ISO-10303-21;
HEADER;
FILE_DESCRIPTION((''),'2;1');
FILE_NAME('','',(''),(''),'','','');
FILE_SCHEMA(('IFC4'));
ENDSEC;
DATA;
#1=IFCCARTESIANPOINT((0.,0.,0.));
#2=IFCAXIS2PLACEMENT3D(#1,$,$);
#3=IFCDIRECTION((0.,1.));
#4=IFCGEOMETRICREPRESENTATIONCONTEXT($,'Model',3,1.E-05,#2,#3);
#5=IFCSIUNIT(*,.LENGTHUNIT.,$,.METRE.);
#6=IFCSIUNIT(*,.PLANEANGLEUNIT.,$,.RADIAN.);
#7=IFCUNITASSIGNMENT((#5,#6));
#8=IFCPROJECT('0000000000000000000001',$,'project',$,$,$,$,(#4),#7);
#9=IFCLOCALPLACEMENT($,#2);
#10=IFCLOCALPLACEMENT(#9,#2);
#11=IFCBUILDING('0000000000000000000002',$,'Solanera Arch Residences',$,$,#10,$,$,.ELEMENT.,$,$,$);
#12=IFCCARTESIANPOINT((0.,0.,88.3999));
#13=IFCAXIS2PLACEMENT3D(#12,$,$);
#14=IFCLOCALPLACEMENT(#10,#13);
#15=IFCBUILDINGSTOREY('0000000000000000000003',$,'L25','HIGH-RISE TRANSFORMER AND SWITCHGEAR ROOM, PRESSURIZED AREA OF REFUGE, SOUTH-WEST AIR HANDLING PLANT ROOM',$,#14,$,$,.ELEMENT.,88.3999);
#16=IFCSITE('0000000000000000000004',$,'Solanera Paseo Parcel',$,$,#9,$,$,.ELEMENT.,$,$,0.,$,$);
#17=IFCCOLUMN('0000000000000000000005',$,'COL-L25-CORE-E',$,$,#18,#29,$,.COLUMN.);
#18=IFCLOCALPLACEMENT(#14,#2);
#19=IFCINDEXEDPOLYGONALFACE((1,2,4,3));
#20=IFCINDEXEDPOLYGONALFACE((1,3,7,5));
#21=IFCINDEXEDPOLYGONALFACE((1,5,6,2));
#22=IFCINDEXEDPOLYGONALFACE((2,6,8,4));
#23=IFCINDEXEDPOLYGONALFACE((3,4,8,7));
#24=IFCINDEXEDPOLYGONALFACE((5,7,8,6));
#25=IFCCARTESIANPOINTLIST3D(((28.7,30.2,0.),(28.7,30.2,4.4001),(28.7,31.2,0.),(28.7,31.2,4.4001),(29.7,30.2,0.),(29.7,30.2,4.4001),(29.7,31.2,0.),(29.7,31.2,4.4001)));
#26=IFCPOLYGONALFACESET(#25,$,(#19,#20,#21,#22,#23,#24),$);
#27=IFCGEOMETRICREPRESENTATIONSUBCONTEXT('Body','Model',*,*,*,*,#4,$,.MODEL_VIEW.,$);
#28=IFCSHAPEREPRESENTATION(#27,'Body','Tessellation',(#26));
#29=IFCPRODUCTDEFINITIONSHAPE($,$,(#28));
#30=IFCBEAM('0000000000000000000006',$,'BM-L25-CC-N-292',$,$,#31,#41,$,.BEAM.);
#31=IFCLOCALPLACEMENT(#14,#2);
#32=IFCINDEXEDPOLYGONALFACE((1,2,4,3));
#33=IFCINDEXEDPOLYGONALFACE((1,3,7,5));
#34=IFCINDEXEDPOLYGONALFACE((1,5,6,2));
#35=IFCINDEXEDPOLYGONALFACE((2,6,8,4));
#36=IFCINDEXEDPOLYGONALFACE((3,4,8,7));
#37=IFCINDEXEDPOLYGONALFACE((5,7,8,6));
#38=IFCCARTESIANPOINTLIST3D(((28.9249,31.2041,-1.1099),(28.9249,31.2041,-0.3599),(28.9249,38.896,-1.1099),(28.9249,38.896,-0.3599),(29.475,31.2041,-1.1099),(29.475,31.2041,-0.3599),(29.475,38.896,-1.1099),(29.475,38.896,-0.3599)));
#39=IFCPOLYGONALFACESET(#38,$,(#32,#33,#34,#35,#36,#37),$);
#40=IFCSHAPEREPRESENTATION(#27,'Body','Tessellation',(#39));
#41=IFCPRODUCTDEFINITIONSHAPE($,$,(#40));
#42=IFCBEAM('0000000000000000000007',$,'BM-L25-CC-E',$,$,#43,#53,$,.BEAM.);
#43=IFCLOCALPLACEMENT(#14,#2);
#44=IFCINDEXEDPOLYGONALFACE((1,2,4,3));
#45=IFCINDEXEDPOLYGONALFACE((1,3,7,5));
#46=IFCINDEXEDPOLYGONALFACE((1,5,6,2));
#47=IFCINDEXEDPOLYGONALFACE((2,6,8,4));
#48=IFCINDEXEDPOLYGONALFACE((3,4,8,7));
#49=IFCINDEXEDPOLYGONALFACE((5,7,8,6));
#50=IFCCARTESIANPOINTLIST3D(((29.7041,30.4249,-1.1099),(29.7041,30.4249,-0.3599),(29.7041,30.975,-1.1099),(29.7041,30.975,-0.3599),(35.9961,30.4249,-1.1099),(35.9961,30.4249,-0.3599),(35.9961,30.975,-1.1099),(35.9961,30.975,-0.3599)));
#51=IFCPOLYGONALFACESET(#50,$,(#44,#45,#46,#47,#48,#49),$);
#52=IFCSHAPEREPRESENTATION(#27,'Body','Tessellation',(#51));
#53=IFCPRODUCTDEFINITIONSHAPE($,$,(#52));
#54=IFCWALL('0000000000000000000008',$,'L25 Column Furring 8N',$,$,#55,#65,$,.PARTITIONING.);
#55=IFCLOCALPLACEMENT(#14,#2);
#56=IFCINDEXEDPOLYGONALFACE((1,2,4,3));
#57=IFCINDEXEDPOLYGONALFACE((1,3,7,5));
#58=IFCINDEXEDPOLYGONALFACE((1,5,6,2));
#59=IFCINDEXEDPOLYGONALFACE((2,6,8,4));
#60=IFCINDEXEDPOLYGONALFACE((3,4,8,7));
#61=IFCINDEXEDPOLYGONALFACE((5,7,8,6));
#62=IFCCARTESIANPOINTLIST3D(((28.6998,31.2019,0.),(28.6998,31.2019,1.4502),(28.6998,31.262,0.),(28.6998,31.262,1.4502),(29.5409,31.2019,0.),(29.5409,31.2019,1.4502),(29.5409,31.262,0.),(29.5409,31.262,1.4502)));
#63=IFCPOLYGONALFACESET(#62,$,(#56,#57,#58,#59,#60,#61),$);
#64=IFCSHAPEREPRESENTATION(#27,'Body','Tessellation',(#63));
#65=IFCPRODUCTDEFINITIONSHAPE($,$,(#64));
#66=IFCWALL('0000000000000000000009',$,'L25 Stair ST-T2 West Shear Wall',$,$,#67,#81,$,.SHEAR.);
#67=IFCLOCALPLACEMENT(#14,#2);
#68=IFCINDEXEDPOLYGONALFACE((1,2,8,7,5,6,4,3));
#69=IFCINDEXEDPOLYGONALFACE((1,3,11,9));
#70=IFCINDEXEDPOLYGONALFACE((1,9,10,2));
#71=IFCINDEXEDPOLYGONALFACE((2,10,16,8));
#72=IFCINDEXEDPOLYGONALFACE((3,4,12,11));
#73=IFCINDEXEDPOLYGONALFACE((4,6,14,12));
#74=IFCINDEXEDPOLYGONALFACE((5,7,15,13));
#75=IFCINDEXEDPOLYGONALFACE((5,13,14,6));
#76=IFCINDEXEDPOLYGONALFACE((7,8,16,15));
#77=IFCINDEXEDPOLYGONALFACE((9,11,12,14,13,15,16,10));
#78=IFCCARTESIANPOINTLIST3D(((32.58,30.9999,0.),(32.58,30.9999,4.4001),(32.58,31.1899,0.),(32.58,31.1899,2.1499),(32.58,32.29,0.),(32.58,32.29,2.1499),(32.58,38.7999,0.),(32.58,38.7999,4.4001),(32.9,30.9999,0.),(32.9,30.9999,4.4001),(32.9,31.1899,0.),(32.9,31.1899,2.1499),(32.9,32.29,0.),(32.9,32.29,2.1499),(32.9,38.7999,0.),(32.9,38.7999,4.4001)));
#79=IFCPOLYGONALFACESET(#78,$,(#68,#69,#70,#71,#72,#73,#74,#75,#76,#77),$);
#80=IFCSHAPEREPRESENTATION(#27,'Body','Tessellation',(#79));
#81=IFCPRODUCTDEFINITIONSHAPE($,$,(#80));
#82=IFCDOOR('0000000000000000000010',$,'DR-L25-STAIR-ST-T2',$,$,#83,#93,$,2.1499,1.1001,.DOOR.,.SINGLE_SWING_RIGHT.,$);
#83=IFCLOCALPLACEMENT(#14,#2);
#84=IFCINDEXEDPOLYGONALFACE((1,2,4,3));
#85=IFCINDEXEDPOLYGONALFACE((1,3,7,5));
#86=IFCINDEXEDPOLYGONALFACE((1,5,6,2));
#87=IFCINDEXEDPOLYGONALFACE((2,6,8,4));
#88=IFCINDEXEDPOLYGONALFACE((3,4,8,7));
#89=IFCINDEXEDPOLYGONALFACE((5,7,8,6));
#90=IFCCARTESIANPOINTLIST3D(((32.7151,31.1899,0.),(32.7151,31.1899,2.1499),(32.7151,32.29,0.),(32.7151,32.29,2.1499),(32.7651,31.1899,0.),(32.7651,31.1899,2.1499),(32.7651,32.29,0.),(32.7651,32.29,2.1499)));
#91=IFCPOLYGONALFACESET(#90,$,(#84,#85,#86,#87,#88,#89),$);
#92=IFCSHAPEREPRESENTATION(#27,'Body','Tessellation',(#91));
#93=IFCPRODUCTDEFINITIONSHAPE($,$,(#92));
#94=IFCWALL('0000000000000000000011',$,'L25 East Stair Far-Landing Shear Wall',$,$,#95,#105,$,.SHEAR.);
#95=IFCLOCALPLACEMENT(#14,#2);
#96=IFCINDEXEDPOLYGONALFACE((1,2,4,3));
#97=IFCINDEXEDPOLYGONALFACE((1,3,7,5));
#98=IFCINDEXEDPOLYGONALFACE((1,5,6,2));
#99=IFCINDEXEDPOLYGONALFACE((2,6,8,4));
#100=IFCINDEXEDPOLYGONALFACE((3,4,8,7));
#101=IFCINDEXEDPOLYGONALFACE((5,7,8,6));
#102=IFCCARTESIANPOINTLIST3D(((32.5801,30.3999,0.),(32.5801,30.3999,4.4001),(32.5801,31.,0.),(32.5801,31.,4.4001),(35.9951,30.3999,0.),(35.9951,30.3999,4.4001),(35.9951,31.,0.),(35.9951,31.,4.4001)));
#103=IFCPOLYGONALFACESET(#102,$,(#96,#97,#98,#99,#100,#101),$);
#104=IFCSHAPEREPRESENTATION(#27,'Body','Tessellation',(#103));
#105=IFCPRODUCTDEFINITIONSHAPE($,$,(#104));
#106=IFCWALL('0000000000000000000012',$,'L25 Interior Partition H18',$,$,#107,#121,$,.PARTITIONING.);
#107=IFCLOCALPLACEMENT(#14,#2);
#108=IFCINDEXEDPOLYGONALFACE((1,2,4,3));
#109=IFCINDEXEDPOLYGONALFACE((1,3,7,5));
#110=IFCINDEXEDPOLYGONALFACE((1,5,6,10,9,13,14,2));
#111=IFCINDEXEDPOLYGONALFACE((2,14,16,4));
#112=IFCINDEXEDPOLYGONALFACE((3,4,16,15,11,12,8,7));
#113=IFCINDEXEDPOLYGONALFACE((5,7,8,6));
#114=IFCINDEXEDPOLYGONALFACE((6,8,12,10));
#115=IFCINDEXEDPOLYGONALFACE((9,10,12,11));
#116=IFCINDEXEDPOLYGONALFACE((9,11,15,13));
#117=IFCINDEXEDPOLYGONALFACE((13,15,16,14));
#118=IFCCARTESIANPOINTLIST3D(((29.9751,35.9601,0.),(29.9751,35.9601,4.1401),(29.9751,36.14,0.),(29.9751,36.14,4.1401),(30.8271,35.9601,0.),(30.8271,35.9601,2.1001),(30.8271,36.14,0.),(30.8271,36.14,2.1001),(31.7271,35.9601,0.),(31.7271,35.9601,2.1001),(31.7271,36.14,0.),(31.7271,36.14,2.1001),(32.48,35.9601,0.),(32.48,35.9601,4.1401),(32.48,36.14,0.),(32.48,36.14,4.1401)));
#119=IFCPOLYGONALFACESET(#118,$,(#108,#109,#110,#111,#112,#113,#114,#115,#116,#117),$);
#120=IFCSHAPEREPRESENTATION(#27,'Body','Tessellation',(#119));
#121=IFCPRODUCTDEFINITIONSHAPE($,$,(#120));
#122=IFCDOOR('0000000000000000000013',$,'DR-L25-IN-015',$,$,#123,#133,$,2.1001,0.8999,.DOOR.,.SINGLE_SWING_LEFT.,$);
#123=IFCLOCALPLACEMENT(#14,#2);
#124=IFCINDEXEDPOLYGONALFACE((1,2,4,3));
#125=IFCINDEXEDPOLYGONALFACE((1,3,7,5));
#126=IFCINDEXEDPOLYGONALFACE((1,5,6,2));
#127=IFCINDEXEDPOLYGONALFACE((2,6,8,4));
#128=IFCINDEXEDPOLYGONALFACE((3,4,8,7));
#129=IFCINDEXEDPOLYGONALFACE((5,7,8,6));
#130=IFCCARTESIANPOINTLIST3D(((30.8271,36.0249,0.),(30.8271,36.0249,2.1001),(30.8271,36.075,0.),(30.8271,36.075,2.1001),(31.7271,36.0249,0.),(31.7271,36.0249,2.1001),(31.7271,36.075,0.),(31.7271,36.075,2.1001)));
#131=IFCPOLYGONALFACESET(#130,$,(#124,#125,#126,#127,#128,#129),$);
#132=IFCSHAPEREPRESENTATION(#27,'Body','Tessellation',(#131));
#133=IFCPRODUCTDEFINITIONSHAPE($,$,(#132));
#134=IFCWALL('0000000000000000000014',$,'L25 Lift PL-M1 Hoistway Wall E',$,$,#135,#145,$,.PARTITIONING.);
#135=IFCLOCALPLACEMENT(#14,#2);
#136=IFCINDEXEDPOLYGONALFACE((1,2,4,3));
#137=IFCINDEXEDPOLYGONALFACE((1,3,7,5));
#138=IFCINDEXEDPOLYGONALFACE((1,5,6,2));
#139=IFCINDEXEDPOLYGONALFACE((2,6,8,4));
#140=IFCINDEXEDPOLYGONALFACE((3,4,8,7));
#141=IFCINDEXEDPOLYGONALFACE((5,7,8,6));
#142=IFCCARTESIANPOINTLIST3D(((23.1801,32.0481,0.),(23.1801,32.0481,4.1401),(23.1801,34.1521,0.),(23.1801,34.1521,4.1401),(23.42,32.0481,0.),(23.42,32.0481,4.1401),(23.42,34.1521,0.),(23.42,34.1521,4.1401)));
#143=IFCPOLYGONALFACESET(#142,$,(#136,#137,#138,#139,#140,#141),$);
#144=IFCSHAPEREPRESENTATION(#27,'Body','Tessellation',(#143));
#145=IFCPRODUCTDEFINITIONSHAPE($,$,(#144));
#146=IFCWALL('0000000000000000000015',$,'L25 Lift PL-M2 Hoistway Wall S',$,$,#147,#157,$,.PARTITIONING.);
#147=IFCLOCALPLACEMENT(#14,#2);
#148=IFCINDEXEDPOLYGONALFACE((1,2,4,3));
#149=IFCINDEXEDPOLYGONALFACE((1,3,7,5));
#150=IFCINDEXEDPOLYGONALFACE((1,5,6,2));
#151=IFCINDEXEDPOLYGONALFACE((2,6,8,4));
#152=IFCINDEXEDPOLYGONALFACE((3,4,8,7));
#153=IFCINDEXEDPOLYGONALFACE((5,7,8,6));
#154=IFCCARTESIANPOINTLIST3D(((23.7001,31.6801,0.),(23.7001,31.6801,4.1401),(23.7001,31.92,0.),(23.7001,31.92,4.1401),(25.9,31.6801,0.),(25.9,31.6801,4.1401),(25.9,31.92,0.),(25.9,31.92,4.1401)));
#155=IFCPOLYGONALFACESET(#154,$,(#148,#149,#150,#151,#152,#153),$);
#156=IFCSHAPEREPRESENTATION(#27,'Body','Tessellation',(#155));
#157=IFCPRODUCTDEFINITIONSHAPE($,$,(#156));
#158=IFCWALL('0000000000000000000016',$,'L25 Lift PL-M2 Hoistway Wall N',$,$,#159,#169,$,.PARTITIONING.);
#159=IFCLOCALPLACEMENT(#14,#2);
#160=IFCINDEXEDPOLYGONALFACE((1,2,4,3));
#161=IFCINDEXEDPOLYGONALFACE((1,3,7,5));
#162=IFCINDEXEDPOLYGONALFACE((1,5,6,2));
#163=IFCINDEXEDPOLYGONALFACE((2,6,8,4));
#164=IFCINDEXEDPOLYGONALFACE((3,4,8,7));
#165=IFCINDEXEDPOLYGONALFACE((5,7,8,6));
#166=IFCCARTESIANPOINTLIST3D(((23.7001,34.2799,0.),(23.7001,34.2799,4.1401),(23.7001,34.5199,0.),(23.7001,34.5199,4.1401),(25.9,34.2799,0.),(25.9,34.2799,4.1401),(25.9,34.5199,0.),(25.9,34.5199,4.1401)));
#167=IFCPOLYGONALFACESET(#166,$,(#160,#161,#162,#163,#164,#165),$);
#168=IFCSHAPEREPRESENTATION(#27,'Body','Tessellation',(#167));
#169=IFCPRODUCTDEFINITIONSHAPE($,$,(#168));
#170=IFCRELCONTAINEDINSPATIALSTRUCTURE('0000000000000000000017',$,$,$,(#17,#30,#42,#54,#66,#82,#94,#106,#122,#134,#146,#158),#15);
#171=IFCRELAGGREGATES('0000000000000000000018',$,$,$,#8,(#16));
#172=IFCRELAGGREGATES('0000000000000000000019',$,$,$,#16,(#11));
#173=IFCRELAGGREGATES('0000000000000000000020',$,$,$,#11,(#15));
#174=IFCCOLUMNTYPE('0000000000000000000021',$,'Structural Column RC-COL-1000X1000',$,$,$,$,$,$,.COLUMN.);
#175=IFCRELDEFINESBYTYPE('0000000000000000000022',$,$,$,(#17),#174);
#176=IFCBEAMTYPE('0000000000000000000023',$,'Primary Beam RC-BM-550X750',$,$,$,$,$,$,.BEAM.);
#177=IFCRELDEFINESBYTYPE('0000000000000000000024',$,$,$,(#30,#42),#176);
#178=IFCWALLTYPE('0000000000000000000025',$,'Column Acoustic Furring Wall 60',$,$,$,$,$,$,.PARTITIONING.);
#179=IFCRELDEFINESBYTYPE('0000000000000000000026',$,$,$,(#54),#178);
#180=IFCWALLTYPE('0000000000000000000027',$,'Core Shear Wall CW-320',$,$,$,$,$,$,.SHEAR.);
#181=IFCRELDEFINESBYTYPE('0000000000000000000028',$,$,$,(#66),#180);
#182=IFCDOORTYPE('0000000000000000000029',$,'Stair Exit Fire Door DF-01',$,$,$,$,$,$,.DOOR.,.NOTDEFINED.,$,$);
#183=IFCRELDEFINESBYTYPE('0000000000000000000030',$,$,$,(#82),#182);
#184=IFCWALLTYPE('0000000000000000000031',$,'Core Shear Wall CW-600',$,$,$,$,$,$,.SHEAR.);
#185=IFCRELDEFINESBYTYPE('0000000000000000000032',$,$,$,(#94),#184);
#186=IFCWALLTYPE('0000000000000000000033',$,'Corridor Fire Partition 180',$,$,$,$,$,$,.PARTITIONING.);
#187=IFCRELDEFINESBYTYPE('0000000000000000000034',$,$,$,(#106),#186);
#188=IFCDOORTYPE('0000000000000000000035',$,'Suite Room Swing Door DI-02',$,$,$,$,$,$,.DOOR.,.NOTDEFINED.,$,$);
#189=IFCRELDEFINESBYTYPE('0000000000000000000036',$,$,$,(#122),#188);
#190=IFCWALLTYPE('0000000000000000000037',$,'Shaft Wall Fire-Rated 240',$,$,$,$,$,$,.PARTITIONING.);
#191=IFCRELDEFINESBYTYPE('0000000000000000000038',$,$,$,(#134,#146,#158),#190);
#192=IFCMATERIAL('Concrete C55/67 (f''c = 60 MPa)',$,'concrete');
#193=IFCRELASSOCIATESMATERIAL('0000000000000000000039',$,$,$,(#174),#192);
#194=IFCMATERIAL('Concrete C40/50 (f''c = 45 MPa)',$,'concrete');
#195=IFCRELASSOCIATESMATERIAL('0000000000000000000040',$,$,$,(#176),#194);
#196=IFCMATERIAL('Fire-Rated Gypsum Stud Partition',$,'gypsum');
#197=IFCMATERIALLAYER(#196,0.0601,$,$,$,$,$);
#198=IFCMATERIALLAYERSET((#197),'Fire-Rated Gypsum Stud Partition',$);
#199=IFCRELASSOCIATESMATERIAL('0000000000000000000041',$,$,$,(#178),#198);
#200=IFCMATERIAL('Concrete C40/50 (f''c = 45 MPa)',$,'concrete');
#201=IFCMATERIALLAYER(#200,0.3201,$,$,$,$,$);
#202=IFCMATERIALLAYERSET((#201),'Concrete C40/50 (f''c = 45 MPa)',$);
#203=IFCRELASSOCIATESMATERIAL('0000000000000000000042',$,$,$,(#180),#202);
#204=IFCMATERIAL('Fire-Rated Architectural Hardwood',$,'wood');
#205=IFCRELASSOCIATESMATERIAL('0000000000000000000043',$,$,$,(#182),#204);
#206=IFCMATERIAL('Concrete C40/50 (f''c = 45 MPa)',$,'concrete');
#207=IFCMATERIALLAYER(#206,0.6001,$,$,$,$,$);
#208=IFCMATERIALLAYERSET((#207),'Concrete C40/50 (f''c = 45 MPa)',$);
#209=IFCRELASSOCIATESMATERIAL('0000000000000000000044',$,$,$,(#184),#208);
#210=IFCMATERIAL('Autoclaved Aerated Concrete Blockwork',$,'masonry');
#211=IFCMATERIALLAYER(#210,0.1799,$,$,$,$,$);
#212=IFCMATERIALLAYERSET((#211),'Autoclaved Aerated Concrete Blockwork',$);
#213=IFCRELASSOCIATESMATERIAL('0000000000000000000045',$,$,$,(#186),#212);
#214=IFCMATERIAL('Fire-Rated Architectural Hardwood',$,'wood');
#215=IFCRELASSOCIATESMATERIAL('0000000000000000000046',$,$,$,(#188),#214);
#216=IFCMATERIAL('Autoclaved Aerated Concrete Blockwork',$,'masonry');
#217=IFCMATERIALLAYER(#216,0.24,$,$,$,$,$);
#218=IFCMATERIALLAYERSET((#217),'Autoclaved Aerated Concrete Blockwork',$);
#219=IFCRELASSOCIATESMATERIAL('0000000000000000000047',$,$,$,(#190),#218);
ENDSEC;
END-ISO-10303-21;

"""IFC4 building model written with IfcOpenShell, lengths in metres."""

from ifc_helpers import new_model, si_unit, direction, frame, frame_2d, origin, origin_2d, place, context, subcontext, project, spatial, rectangle, extrude, material, layer, layer_set, material_profile, profile_set, type_object, element, fill, save


model = new_model("IFC4")

# Units and contexts
model_context = context("Model", 3, precision=1e-05, world=origin(), true_north=direction((0.0, 1.0)))
body_context = subcontext(model_context, "Body", "Model", "MODEL_VIEW")
ifc_project = project(units=[si_unit("LENGTHUNIT", "METRE"), si_unit("PLANEANGLEUNIT", "RADIAN")], contexts=[model_context])

# Site, building, storey
site_placement = place(None, origin())
site = spatial("IfcSite", under=ifc_project, at=site_placement, Name="Solanera Paseo Parcel", CompositionType="ELEMENT", RefElevation=0.0)
building_placement = place(site_placement, origin())
building = spatial("IfcBuilding", under=site, at=building_placement, Name="Solanera Arch Residences", CompositionType="ELEMENT")
storey_placement = place(building_placement, frame((0.0, 0.0, 88.3999)))
storey = spatial("IfcBuildingStorey", under=building, at=storey_placement, Name="L25", Description="HIGH-RISE TRANSFORMER AND SWITCHGEAR ROOM, PRESSURIZED AREA OF REFUGE, SOUTH-WEST AIR HANDLING PLANT ROOM", CompositionType="ELEMENT", Elevation=88.3999)

# Column
ifc_material_1 = material(Name="Concrete C55/67 (f'c = 60 MPa)", Category="concrete")
ifc_material_profile_1 = material_profile(ifc_material_1, rectangle(XDim=1.0, YDim=1.0, at=origin_2d()))
ifc_profile_set_1 = profile_set([ifc_material_profile_1], Name="Concrete C55/67 (f'c = 60 MPa)")
column_type = type_object("IfcColumnType", Name="Structural Column RC-COL-1000X1000", PredefinedType="COLUMN", material=ifc_profile_set_1)
column_placement = place(storey_placement, frame((29.2, 30.7, 0.0), z_axis=(0.0, 0.0, 1.0), x_axis=(1.0, 0.0, 0.0)))
element("IfcColumn", 1, at=column_placement, inside=storey, type_object=column_type, Name="COL-L25-CORE-E", PredefinedType="COLUMN", context=body_context, shape_type="SweptSolid", body=[
    extrude(rectangle(XDim=1.0, YDim=1.0, at=origin_2d()), origin(), (0.0, 0.0, 1.0), 4.4001),
])

# Beams
ifc_material_2 = material(Name="Concrete C40/50 (f'c = 45 MPa)", Category="concrete")
ifc_material_profile_2 = material_profile(ifc_material_2, rectangle(XDim=0.55, YDim=0.75, at=origin_2d()))
ifc_profile_set_2 = profile_set([ifc_material_profile_2], Name="Concrete C40/50 (f'c = 45 MPa)")
beam_type = type_object("IfcBeamType", Name="Primary Beam RC-BM-550X750", PredefinedType="BEAM", material=ifc_profile_set_2)
beam_1_placement = place(storey_placement, frame((29.2, 31.2041, -0.7349), z_axis=(0.0, 1.0, 0.0), x_axis=(-1.0, 0.0, 0.0)))
element("IfcBeam", 2, at=beam_1_placement, inside=storey, type_object=beam_type, Name="BM-L25-CC-N-292", PredefinedType="BEAM", context=body_context, shape_type="SweptSolid", body=[
    extrude(rectangle(XDim=0.55, YDim=0.75, at=origin_2d()), origin(), (0.0, 0.0, 1.0), 7.6919),
])
beam_2_placement = place(storey_placement, frame((29.7041, 30.7, -0.7349), z_axis=(1.0, 0.0, 0.0), x_axis=(0.0, 1.0, 0.0)))
element("IfcBeam", 3, at=beam_2_placement, inside=storey, type_object=beam_type, Name="BM-L25-CC-E", PredefinedType="BEAM", context=body_context, shape_type="SweptSolid", body=[
    extrude(rectangle(XDim=0.55, YDim=0.75, at=origin_2d()), origin(), (0.0, 0.0, 1.0), 6.292),
])

# Wall
ifc_material_3 = material(Name="Fire-Rated Gypsum Stud Partition", Category="gypsum")
ifc_layer_1 = layer(ifc_material_3, 0.0601)
ifc_layer_set_1 = layer_set([ifc_layer_1], Name="Fire-Rated Gypsum Stud Partition")
wall_type_1 = type_object("IfcWallType", Name="Column Acoustic Furring Wall 60", PredefinedType="PARTITIONING", material=ifc_layer_set_1)
wall_1_placement = place(storey_placement, frame((28.7, 31.2319, 0.0), z_axis=(0.0, 0.0, 1.0), x_axis=(1.0, 0.0, 0.0)))
element("IfcWall", 4, at=wall_1_placement, inside=storey, type_object=wall_type_1, Name="L25 Column Furring 8N", PredefinedType="PARTITIONING", context=body_context, shape_type="SweptSolid", body=[
    extrude(rectangle(XDim=0.8411, YDim=0.0601, at=frame_2d((0.4204, 0.0))), origin(), (0.0, 0.0, 1.0), 1.4502),
])

# Wall, opening, door
ifc_material_4 = material(Name="Concrete C40/50 (f'c = 45 MPa)", Category="concrete")
ifc_layer_2 = layer(ifc_material_4, 0.3201)
ifc_layer_set_2 = layer_set([ifc_layer_2], Name="Concrete C40/50 (f'c = 45 MPa)")
wall_type_2 = type_object("IfcWallType", Name="Core Shear Wall CW-320", PredefinedType="SHEAR", material=ifc_layer_set_2)
wall_2_placement = place(storey_placement, frame((32.74, 31.0, 0.0), z_axis=(0.0, 0.0, 1.0), x_axis=(0.0, 1.0, 0.0)))
wall_2 = element("IfcWall", 5, at=wall_2_placement, inside=storey, type_object=wall_type_2, Name="L25 Stair ST-T2 West Shear Wall", PredefinedType="SHEAR", context=body_context, shape_type="SweptSolid", body=[
    extrude(rectangle(XDim=7.8, YDim=0.3201, at=frame_2d((3.8999, 0.0))), origin(), (0.0, 0.0, 1.0), 4.4001),
])
opening_1_placement = place(wall_2_placement, frame((0.1899, 0.0, 0.0)))
opening_1 = element("IfcOpeningElement", 6, at=opening_1_placement, cuts=wall_2, PredefinedType="OPENING", context=body_context, shape_type="SweptSolid", body=[
    extrude(rectangle(XDim=1.1001, YDim=2.1499, at=frame_2d((0.55, 1.075))), frame((0.0, 0.1699, 0.0), z_axis=(0.0, -1.0, 0.0), x_axis=(1.0, 0.0, 0.0)), (0.0, 0.0, 1.0), 0.3401),
])
ifc_material_5 = material(Name="Fire-Rated Architectural Hardwood", Category="wood")
door_type_1 = type_object("IfcDoorType", Name="Stair Exit Fire Door DF-01", OperationType="NOTDEFINED", PredefinedType="DOOR", material=ifc_material_5)
door_1_placement = place(opening_1_placement, origin())
door_1 = element("IfcDoor", 7, at=door_1_placement, inside=storey, type_object=door_type_1, Name="DR-L25-STAIR-ST-T2", OperationType="SINGLE_SWING_RIGHT", OverallHeight=2.1499, OverallWidth=1.1001, PredefinedType="DOOR", context=body_context, shape_type="SweptSolid", body=[
    extrude(rectangle(XDim=1.1001, YDim=2.1499, at=frame_2d((0.55, 1.075))), frame((0.0, 0.0249, 0.0), z_axis=(0.0, -1.0, 0.0), x_axis=(1.0, 0.0, 0.0)), (0.0, 0.0, 1.0), 0.05),
])
fill(opening_1, door_1)

# Wall
ifc_material_6 = material(Name="Concrete C40/50 (f'c = 45 MPa)", Category="concrete")
ifc_layer_3 = layer(ifc_material_6, 0.6001)
ifc_layer_set_3 = layer_set([ifc_layer_3], Name="Concrete C40/50 (f'c = 45 MPa)")
wall_type_3 = type_object("IfcWallType", Name="Core Shear Wall CW-600", PredefinedType="SHEAR", material=ifc_layer_set_3)
wall_3_placement = place(storey_placement, frame((32.5801, 30.7, 0.0), z_axis=(0.0, 0.0, 1.0), x_axis=(1.0, 0.0, 0.0)))
element("IfcWall", 8, at=wall_3_placement, inside=storey, type_object=wall_type_3, Name="L25 East Stair Far-Landing Shear Wall", PredefinedType="SHEAR", context=body_context, shape_type="SweptSolid", body=[
    extrude(rectangle(XDim=3.415, YDim=0.6001, at=frame_2d((1.7075, 0.0))), origin(), (0.0, 0.0, 1.0), 4.4001),
])

# Wall, opening, door
ifc_material_7 = material(Name="Autoclaved Aerated Concrete Blockwork", Category="masonry")
ifc_layer_4 = layer(ifc_material_7, 0.1799)
ifc_layer_set_4 = layer_set([ifc_layer_4], Name="Autoclaved Aerated Concrete Blockwork")
wall_type_4 = type_object("IfcWallType", Name="Corridor Fire Partition 180", PredefinedType="PARTITIONING", material=ifc_layer_set_4)
wall_4_placement = place(storey_placement, frame((29.9751, 36.05, 0.0), z_axis=(0.0, 0.0, 1.0), x_axis=(1.0, 0.0, 0.0)))
wall_4 = element("IfcWall", 9, at=wall_4_placement, inside=storey, type_object=wall_type_4, Name="L25 Interior Partition H18", PredefinedType="PARTITIONING", context=body_context, shape_type="SweptSolid", body=[
    extrude(rectangle(XDim=2.5049, YDim=0.1799, at=frame_2d((1.2524, 0.0))), origin(), (0.0, 0.0, 1.0), 4.1401),
])
opening_2_placement = place(wall_4_placement, frame((0.8521, 0.0, 0.0)))
opening_2 = element("IfcOpeningElement", 10, at=opening_2_placement, cuts=wall_4, PredefinedType="OPENING", context=body_context, shape_type="SweptSolid", body=[
    extrude(rectangle(XDim=0.8999, YDim=2.1001, at=frame_2d((0.45, 1.05))), frame((0.0, 0.1001, 0.0), z_axis=(0.0, -1.0, 0.0), x_axis=(1.0, 0.0, 0.0)), (0.0, 0.0, 1.0), 0.1999),
])
ifc_material_8 = material(Name="Fire-Rated Architectural Hardwood", Category="wood")
door_type_2 = type_object("IfcDoorType", Name="Suite Room Swing Door DI-02", OperationType="NOTDEFINED", PredefinedType="DOOR", material=ifc_material_8)
door_2_placement = place(opening_2_placement, origin())
door_2 = element("IfcDoor", 11, at=door_2_placement, inside=storey, type_object=door_type_2, Name="DR-L25-IN-015", OperationType="SINGLE_SWING_LEFT", OverallHeight=2.1001, OverallWidth=0.8999, PredefinedType="DOOR", context=body_context, shape_type="SweptSolid", body=[
    extrude(rectangle(XDim=0.8999, YDim=2.1001, at=frame_2d((0.45, 1.05))), frame((0.0, 0.0249, 0.0), z_axis=(0.0, -1.0, 0.0), x_axis=(1.0, 0.0, 0.0)), (0.0, 0.0, 1.0), 0.05),
])
fill(opening_2, door_2)

# Walls
ifc_material_9 = material(Name="Autoclaved Aerated Concrete Blockwork", Category="masonry")
ifc_layer_5 = layer(ifc_material_9, 0.24)
ifc_layer_set_5 = layer_set([ifc_layer_5], Name="Autoclaved Aerated Concrete Blockwork")
wall_type_5 = type_object("IfcWallType", Name="Shaft Wall Fire-Rated 240", PredefinedType="PARTITIONING", material=ifc_layer_set_5)
wall_5_placement = place(storey_placement, frame((23.3, 32.0481, 0.0), z_axis=(0.0, 0.0, 1.0), x_axis=(0.0, 1.0, 0.0)))
element("IfcWall", 12, at=wall_5_placement, inside=storey, type_object=wall_type_5, Name="L25 Lift PL-M1 Hoistway Wall E", PredefinedType="PARTITIONING", context=body_context, shape_type="SweptSolid", body=[
    extrude(rectangle(XDim=2.104, YDim=0.24, at=frame_2d((1.052, 0.0))), origin(), (0.0, 0.0, 1.0), 4.1401),
])
for number, where, z_axis, x_axis, name in (
    (13, (23.7, 31.8, 0.0), (0.0, 0.0, 1.0), (1.0, 0.0, 0.0), "L25 Lift PL-M2 Hoistway Wall S"),
    (14, (23.7, 34.3999, 0.0), (0.0, 0.0, 1.0), (1.0, 0.0, 0.0), "L25 Lift PL-M2 Hoistway Wall N"),
):
    element("IfcWall", number, at=place(storey_placement, frame(where, z_axis=z_axis, x_axis=x_axis)), inside=storey, type_object=wall_type_5, Name=name, PredefinedType="PARTITIONING", context=body_context, shape_type="SweptSolid", body=[
        extrude(rectangle(XDim=2.2, YDim=0.24, at=frame_2d((1.1001, 0.0))), origin(), (0.0, 0.0, 1.0), 4.1401),
    ])

save(model, "model.ifc")
